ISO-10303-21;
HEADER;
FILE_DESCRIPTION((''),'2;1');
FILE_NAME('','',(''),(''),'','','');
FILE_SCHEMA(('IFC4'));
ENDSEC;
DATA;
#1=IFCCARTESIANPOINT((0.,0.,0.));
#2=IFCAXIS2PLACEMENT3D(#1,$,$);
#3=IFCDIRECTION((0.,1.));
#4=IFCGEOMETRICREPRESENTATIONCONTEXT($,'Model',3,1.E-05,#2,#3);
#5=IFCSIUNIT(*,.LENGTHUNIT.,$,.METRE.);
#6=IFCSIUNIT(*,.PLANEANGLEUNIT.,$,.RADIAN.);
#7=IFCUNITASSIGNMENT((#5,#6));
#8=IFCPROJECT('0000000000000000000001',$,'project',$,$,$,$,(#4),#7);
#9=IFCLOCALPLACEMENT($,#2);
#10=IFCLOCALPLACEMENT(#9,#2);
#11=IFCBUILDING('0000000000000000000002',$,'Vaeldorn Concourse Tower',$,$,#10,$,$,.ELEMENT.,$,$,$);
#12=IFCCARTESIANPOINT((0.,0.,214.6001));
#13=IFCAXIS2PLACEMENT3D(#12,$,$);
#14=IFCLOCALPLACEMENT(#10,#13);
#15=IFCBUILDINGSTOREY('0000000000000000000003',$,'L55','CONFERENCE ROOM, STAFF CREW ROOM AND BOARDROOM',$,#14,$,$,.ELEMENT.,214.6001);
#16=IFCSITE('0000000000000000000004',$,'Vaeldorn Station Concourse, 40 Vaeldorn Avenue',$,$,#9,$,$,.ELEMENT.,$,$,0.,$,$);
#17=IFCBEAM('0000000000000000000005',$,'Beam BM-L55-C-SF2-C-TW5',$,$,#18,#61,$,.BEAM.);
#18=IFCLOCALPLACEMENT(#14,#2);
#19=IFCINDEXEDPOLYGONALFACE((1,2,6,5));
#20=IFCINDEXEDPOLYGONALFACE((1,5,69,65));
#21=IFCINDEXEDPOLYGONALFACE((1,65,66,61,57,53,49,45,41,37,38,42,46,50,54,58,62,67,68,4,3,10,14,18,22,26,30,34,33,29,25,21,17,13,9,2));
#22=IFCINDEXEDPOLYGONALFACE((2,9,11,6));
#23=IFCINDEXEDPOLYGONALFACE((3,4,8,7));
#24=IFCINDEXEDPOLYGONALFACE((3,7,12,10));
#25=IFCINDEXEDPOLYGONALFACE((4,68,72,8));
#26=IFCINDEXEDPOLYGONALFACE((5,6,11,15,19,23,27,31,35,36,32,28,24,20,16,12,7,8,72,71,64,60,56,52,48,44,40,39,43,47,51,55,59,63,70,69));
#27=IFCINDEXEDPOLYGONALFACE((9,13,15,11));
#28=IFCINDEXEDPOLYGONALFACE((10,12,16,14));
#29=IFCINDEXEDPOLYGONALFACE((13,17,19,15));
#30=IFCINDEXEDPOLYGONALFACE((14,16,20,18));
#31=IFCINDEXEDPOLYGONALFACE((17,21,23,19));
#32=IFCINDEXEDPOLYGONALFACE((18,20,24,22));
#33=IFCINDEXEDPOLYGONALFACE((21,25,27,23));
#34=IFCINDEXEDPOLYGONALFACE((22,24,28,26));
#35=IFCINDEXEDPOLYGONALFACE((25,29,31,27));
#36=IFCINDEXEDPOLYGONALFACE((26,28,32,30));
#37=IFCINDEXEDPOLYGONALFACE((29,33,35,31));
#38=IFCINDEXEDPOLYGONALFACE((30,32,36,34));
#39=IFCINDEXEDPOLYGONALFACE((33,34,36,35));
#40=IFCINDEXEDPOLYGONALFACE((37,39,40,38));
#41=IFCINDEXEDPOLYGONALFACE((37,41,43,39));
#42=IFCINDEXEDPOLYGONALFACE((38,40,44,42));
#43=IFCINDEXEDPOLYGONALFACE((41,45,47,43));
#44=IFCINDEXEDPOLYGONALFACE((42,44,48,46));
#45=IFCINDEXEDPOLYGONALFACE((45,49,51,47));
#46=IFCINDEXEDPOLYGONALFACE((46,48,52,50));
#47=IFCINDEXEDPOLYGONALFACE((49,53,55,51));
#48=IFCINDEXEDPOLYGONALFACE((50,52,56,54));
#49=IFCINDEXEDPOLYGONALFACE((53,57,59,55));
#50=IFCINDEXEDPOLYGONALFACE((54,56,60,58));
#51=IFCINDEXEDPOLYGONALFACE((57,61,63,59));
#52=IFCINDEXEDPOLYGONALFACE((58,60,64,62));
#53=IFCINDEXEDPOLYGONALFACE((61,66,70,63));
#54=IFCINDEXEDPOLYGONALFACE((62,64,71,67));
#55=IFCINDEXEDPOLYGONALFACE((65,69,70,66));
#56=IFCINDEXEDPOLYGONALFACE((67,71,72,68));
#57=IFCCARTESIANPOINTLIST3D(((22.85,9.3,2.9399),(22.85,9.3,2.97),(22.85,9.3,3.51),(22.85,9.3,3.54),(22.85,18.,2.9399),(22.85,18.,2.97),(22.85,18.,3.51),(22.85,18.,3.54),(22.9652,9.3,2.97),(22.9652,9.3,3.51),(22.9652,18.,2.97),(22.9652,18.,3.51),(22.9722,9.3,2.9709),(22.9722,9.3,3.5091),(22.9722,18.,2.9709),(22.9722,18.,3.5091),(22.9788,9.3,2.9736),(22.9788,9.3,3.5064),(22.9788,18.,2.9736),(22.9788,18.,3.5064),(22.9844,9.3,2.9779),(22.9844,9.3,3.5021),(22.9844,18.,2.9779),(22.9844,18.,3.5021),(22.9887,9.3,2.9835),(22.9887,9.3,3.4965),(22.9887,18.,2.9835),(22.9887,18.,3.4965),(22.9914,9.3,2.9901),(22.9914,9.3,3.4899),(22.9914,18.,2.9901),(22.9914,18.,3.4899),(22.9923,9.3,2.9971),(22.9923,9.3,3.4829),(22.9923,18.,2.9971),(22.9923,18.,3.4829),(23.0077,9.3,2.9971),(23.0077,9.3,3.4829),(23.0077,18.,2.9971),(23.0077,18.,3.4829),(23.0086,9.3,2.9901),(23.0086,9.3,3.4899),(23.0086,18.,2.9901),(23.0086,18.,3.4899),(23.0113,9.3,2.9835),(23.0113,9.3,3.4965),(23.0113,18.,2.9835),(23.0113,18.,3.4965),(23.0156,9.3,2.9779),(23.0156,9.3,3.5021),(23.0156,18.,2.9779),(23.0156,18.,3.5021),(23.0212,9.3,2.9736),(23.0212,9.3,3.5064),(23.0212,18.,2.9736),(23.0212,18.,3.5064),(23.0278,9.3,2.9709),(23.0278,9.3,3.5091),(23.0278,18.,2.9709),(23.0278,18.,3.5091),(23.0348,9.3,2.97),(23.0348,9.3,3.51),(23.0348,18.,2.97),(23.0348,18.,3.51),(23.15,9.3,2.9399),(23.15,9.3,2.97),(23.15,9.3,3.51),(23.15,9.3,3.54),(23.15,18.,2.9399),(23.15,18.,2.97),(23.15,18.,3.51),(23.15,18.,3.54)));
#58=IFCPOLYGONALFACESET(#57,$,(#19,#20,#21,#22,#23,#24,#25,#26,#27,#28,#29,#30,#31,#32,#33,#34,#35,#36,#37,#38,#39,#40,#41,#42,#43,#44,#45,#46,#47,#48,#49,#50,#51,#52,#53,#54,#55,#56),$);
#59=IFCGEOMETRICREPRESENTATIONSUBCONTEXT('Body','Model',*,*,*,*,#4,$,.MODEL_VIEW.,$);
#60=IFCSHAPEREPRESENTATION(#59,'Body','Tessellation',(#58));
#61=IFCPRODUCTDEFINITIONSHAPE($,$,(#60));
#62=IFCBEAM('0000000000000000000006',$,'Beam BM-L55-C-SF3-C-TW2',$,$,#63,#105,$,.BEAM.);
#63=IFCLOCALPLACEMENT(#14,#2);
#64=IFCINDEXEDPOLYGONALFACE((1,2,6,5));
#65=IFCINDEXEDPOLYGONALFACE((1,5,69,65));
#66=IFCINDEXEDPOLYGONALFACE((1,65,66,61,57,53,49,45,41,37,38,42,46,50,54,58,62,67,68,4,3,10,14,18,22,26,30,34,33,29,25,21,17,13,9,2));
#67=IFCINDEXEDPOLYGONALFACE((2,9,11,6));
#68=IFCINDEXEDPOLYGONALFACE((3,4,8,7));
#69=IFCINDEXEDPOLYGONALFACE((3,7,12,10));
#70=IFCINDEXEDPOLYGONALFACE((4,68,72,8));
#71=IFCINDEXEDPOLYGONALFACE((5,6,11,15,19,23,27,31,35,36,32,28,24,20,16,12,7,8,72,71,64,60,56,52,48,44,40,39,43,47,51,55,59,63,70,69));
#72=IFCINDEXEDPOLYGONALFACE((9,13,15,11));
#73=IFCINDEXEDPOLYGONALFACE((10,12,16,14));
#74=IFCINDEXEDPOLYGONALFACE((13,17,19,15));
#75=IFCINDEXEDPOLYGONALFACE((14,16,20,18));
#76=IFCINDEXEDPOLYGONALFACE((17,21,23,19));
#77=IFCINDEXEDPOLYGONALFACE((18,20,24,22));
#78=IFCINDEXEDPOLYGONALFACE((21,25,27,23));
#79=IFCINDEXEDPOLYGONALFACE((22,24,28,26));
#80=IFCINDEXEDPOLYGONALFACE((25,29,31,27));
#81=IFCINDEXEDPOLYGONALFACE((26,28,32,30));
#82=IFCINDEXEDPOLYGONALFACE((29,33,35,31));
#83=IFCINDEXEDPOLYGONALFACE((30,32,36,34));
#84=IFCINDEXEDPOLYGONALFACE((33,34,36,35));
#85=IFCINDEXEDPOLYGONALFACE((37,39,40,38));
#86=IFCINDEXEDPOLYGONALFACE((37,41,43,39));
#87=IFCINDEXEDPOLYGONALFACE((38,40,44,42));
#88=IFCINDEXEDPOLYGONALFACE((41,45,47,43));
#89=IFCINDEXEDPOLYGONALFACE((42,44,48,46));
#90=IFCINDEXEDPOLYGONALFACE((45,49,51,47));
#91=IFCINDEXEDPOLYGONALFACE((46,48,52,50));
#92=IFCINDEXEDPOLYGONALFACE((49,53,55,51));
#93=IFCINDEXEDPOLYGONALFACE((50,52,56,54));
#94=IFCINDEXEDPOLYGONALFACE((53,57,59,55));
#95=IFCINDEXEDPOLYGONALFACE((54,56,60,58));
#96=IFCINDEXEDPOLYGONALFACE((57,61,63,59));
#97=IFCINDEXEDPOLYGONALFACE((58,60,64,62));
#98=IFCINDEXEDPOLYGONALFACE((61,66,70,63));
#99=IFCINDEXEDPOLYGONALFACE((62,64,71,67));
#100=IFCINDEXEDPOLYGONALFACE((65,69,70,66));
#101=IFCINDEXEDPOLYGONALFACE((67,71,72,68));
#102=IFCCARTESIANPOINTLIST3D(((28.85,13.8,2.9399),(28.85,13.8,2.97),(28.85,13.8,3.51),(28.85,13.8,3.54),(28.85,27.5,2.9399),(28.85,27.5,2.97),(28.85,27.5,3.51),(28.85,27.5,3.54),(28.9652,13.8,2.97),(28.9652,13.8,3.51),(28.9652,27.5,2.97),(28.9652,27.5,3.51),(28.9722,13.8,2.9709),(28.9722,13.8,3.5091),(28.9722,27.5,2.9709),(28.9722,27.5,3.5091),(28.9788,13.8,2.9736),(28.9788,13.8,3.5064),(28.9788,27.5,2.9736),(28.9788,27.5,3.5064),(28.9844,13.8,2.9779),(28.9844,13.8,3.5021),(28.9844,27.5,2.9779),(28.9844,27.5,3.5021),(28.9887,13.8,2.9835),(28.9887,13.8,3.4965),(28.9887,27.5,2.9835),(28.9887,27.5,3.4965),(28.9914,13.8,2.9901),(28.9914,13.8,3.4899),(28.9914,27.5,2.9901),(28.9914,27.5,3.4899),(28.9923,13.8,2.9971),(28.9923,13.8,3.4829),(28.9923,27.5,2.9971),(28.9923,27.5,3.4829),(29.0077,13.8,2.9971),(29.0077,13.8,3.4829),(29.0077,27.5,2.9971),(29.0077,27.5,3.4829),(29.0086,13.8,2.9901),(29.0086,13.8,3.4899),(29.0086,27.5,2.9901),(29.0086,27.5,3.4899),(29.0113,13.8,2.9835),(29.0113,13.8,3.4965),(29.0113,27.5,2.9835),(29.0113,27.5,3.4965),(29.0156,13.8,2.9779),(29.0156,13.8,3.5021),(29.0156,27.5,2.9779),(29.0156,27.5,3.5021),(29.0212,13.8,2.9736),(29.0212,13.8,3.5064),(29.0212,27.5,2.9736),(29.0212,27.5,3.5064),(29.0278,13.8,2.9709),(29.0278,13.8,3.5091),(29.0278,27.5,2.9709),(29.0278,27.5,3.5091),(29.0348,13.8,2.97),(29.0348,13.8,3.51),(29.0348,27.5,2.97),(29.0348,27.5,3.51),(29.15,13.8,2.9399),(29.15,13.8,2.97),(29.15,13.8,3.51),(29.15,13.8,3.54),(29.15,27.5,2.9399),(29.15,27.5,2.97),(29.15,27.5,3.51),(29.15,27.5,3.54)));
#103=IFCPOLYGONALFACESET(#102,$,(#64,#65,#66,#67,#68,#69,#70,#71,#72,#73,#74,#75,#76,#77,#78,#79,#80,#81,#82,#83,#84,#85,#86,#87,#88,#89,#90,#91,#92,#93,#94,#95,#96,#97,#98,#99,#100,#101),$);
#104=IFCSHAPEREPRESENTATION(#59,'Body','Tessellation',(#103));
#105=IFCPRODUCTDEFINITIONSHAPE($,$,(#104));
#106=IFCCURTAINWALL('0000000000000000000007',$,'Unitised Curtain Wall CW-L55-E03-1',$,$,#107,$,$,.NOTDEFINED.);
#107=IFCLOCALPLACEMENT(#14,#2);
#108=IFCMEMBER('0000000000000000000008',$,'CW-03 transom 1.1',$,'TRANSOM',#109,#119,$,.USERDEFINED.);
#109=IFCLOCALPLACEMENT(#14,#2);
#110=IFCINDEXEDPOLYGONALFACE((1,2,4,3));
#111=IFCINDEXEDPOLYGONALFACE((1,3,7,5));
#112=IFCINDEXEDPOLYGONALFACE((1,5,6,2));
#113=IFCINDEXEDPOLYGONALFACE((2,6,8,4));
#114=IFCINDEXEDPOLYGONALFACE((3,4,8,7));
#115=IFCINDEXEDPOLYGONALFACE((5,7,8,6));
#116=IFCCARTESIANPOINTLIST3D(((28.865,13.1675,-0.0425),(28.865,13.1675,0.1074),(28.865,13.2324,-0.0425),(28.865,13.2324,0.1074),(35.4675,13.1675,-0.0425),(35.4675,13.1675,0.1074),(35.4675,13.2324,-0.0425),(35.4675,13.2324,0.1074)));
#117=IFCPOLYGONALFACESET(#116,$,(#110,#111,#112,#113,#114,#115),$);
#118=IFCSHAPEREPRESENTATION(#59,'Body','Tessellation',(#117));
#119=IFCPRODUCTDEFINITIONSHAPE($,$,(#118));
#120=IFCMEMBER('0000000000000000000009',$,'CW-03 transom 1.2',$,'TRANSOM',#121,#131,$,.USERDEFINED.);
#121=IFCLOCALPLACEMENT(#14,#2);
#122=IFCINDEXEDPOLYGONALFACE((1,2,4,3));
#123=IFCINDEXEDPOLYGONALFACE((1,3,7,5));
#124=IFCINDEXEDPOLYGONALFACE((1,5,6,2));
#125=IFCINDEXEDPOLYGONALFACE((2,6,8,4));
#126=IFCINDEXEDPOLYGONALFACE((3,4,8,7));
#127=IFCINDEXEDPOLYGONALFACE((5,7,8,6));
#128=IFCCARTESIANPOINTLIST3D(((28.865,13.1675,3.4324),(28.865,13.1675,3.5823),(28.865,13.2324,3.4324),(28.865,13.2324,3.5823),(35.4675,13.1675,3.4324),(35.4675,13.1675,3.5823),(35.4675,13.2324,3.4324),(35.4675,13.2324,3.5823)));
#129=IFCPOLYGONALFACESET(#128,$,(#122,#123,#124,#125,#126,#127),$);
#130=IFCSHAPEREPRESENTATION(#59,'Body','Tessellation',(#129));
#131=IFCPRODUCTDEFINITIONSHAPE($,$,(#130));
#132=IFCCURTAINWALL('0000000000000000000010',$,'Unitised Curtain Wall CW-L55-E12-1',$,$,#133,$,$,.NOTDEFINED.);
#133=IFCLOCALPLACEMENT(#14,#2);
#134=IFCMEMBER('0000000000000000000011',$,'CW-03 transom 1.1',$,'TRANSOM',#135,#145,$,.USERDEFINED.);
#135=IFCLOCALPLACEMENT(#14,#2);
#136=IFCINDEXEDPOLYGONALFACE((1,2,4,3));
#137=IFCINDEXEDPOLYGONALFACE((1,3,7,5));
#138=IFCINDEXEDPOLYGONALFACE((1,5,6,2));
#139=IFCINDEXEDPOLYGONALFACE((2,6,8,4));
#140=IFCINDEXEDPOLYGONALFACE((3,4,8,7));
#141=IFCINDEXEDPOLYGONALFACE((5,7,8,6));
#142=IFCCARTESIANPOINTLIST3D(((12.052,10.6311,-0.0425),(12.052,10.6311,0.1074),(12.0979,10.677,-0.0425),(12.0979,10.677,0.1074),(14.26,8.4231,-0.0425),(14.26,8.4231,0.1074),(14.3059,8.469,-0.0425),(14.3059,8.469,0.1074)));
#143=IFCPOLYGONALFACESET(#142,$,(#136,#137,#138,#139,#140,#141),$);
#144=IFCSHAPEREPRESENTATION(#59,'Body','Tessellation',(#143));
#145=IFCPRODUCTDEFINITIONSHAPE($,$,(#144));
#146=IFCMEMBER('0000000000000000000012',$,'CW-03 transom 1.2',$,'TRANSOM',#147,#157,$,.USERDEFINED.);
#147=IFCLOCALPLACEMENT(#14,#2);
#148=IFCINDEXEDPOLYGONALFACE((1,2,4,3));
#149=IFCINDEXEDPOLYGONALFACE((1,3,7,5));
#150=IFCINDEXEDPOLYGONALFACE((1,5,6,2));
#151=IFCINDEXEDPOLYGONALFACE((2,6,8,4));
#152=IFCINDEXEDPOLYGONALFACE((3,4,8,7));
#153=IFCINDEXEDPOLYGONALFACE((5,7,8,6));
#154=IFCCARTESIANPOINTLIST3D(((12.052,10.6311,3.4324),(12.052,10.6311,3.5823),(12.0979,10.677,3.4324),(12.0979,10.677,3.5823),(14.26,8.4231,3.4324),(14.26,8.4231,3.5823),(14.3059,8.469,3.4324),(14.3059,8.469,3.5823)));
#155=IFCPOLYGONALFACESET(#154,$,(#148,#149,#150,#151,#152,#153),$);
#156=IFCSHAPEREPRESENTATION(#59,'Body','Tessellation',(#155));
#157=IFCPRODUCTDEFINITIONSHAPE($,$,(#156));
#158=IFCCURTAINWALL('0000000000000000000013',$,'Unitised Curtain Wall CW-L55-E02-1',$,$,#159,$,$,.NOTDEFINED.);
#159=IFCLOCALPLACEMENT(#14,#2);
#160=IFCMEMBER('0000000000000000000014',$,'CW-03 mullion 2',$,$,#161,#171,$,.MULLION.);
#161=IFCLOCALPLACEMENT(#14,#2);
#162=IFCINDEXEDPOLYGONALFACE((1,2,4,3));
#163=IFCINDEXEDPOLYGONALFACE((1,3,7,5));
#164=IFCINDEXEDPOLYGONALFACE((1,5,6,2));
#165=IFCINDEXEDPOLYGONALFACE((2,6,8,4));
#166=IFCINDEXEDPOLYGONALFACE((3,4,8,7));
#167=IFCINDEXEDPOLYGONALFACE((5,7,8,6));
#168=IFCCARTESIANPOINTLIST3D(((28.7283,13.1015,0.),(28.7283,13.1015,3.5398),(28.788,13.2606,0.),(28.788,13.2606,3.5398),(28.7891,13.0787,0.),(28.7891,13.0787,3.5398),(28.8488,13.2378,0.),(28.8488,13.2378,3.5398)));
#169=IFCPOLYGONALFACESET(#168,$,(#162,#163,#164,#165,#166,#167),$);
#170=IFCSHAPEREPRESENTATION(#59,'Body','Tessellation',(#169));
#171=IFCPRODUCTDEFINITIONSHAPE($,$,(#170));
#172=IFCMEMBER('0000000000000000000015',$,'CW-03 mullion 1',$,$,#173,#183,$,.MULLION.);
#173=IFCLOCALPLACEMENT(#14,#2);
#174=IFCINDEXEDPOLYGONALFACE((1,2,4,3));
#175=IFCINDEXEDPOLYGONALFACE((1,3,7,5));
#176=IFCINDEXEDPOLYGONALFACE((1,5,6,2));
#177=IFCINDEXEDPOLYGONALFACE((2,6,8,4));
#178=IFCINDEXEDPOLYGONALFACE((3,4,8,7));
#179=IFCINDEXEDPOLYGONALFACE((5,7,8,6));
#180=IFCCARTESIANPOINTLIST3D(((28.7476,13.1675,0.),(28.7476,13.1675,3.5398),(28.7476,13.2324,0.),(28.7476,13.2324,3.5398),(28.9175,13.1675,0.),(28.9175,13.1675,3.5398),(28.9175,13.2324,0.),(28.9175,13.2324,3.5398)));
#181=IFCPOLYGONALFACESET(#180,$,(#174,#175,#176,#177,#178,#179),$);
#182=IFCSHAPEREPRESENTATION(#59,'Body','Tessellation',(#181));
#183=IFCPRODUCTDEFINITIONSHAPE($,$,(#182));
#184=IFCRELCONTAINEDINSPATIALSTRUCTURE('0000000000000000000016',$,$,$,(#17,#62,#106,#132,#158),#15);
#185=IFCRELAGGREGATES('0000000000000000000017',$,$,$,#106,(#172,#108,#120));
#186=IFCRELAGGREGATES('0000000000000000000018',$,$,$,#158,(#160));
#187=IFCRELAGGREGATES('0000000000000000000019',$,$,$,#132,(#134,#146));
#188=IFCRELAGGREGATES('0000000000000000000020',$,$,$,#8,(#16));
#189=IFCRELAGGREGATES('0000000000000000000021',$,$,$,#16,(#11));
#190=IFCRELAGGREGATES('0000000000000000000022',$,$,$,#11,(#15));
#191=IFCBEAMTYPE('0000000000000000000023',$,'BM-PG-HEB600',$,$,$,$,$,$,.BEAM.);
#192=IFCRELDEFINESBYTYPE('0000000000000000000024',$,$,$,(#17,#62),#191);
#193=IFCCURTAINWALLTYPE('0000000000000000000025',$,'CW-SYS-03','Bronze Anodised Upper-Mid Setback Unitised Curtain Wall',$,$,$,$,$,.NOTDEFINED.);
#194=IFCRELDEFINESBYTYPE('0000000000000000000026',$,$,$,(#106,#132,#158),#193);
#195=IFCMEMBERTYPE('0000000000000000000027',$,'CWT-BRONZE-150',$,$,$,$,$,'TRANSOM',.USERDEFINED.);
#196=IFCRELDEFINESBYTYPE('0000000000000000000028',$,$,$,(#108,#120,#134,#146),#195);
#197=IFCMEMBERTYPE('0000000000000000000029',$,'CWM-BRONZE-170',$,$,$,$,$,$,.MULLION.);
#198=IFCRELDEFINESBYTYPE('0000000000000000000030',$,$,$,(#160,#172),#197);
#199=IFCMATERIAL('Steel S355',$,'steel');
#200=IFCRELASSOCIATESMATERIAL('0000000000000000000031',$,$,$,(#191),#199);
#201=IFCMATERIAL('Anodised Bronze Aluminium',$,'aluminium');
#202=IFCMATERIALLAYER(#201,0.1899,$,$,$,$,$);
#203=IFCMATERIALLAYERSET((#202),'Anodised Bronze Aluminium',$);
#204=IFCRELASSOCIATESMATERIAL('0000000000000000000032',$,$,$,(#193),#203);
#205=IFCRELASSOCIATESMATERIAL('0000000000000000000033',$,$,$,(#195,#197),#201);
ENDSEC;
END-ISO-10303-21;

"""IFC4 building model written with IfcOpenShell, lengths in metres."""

from ifc_helpers import new_model, si_unit, direction, frame, origin, origin_2d, place, context, subcontext, project, spatial, rectangle, i_section, extrude, source, transform, mapped, material, layer, layer_set, material_profile, profile_set, type_object, element, aggregate, save


model = new_model("IFC4")

# Units and contexts
model_context = context("Model", 3, precision=1e-05, world=origin(), true_north=direction((0.0, 1.0)))
body_context = subcontext(model_context, "Body", "Model", "MODEL_VIEW")
ifc_project = project(units=[si_unit("LENGTHUNIT", "METRE"), si_unit("PLANEANGLEUNIT", "RADIAN")], contexts=[model_context])

# Site, building, storey
site_placement = place(None, origin())
site = spatial("IfcSite", under=ifc_project, at=site_placement, Name="Vaeldorn Station Concourse, 40 Vaeldorn Avenue", CompositionType="ELEMENT", RefElevation=0.0)
building_placement = place(site_placement, origin())
building = spatial("IfcBuilding", under=site, at=building_placement, Name="Vaeldorn Concourse Tower", CompositionType="ELEMENT")
storey_placement = place(building_placement, frame((0.0, 0.0, 214.6001)))
storey = spatial("IfcBuildingStorey", under=building, at=storey_placement, Name="L55", Description="CONFERENCE ROOM, STAFF CREW ROOM AND BOARDROOM", CompositionType="ELEMENT", Elevation=214.6001)

# Shared definitions
ifc_material_1 = material(Name="Steel S355", Category="steel")

# Beams
ifc_material_profile_1 = material_profile(ifc_material_1, i_section(OverallWidth=0.3, OverallDepth=0.6001, WebThickness=0.0154, FlangeThickness=0.03, FilletRadius=0.0271, at=origin_2d()), Name="HEB 600")
ifc_profile_set_1 = profile_set([ifc_material_profile_1], Name="Steel S355")
beam_type_1 = type_object("IfcBeamType", Name="BM-PG-HEB600", PredefinedType="BEAM", material=ifc_profile_set_1)
shared_shape_1 = source(origin(), body_context, "Body", "SweptSolid", [
    extrude(i_section(OverallWidth=0.3, OverallDepth=0.6001, WebThickness=0.0154, FlangeThickness=0.03, FilletRadius=0.0271, at=origin_2d()), origin(), (0.0, 0.0, 1.0), 8.7),
])
beam_1_placement = place(storey_placement, frame((23.0, 9.3, 3.24), z_axis=(0.0, 1.0, 0.0), x_axis=(-1.0, 0.0, 0.0)))
element("IfcBeam", 1, at=beam_1_placement, inside=storey, type_object=beam_type_1, Name="Beam BM-L55-C-SF2-C-TW5", PredefinedType="BEAM", context=body_context, shape_type="MappedRepresentation", body=[
    mapped(shared_shape_1, transform((0.0, 0.0, 0.0), scale=1.0)),
])
shared_shape_2 = source(origin(), body_context, "Body", "SweptSolid", [
    extrude(i_section(OverallWidth=0.3, OverallDepth=0.6001, WebThickness=0.0154, FlangeThickness=0.03, FilletRadius=0.0271, at=origin_2d()), origin(), (0.0, 0.0, 1.0), 13.7),
])
beam_2_placement = place(storey_placement, frame((29.0, 13.8, 3.24), z_axis=(0.0, 1.0, 0.0), x_axis=(-1.0, 0.0, 0.0)))
element("IfcBeam", 2, at=beam_2_placement, inside=storey, type_object=beam_type_1, Name="Beam BM-L55-C-SF3-C-TW2", PredefinedType="BEAM", context=body_context, shape_type="MappedRepresentation", body=[
    mapped(shared_shape_2, transform((0.0, 0.0, 0.0), scale=1.0)),
])

# Curtain walls, members
ifc_material_2 = material(Name="Anodised Bronze Aluminium", Category="aluminium")
ifc_layer_1 = layer(ifc_material_2, 0.1899)
ifc_layer_set_1 = layer_set([ifc_layer_1], Name="Anodised Bronze Aluminium")
curtain_wall_type = type_object("IfcCurtainWallType", Name="CW-SYS-03", Description="Bronze Anodised Upper-Mid Setback Unitised Curtain Wall", PredefinedType="NOTDEFINED", material=ifc_layer_set_1)
curtain_wall_1_placement = place(storey_placement, origin())
curtain_wall_1 = element("IfcCurtainWall", 3, at=curtain_wall_1_placement, inside=storey, type_object=curtain_wall_type, Name="Unitised Curtain Wall CW-L55-E03-1", PredefinedType="NOTDEFINED")
ifc_material_profile_2 = material_profile(ifc_material_2, rectangle(XDim=0.0649, YDim=0.1499, at=origin_2d()), Name="CWT 65x150")
ifc_profile_set_2 = profile_set([ifc_material_profile_2], Name="Anodised Bronze Aluminium")
member_type_1 = type_object("IfcMemberType", Name="CWT-BRONZE-150", ElementType="TRANSOM", PredefinedType="USERDEFINED", material=ifc_profile_set_2)
shared_shape_3 = source(origin(), body_context, "Body", "SweptSolid", [
    extrude(rectangle(XDim=0.0649, YDim=0.1499, at=origin_2d()), origin(), (0.0, 0.0, 1.0), 6.6025),
])
member_1_placement = place(storey_placement, frame((28.865, 13.2, 0.0325), z_axis=(1.0, 0.0, 0.0), x_axis=(0.0, 1.0, 0.0)))
member_1 = element("IfcMember", 4, at=member_1_placement, type_object=member_type_1, Name="CW-03 transom 1.1", ObjectType="TRANSOM", PredefinedType="USERDEFINED", context=body_context, shape_type="MappedRepresentation", body=[
    mapped(shared_shape_3, transform((0.0, 0.0, 0.0), scale=1.0)),
])
member_2_placement = place(storey_placement, frame((28.865, 13.2, 3.5073), z_axis=(1.0, 0.0, 0.0), x_axis=(0.0, 1.0, 0.0)))
member_2 = element("IfcMember", 5, at=member_2_placement, type_object=member_type_1, Name="CW-03 transom 1.2", ObjectType="TRANSOM", PredefinedType="USERDEFINED", context=body_context, shape_type="MappedRepresentation", body=[
    mapped(shared_shape_3, transform((0.0, 0.0, 0.0), scale=1.0)),
])
curtain_wall_2_placement = place(storey_placement, origin())
curtain_wall_2 = element("IfcCurtainWall", 6, at=curtain_wall_2_placement, inside=storey, type_object=curtain_wall_type, Name="Unitised Curtain Wall CW-L55-E12-1", PredefinedType="NOTDEFINED")
shared_shape_4 = source(origin(), body_context, "Body", "SweptSolid", [
    extrude(rectangle(XDim=0.0649, YDim=0.1499, at=origin_2d()), origin(), (0.0, 0.0, 1.0), 3.1226),
])
member_3_placement = place(storey_placement, frame((12.075, 10.6541, 0.0325), z_axis=(0.707107, -0.707107, 0.0), x_axis=(0.707107, 0.707107, 0.0)))
member_3 = element("IfcMember", 7, at=member_3_placement, type_object=member_type_1, Name="CW-03 transom 1.1", ObjectType="TRANSOM", PredefinedType="USERDEFINED", context=body_context, shape_type="MappedRepresentation", body=[
    mapped(shared_shape_4, transform((0.0, 0.0, 0.0), scale=1.0)),
])
member_4_placement = place(storey_placement, frame((12.075, 10.6541, 3.5073), z_axis=(0.707107, -0.707107, 0.0), x_axis=(0.707107, 0.707107, 0.0)))
member_4 = element("IfcMember", 8, at=member_4_placement, type_object=member_type_1, Name="CW-03 transom 1.2", ObjectType="TRANSOM", PredefinedType="USERDEFINED", context=body_context, shape_type="MappedRepresentation", body=[
    mapped(shared_shape_4, transform((0.0, 0.0, 0.0), scale=1.0)),
])

# Curtain wall, member
curtain_wall_3_placement = place(storey_placement, origin())
curtain_wall_3 = element("IfcCurtainWall", 9, at=curtain_wall_3_placement, inside=storey, type_object=curtain_wall_type, Name="Unitised Curtain Wall CW-L55-E02-1", PredefinedType="NOTDEFINED")
ifc_material_profile_3 = material_profile(ifc_material_2, rectangle(XDim=0.0649, YDim=0.1699, at=origin_2d()), Name="CWM 65x170")
ifc_profile_set_3 = profile_set([ifc_material_profile_3], Name="Anodised Bronze Aluminium")
member_type_2 = type_object("IfcMemberType", Name="CWM-BRONZE-170", PredefinedType="MULLION", material=ifc_profile_set_3)
shared_shape_5 = source(origin(), body_context, "Body", "SweptSolid", [
    extrude(rectangle(XDim=0.0649, YDim=0.1699, at=origin_2d()), origin(), (0.0, 0.0, 1.0), 3.5398),
])
member_5_placement = place(storey_placement, frame((28.7886, 13.1697, 0.0), z_axis=(0.0, 0.0, 1.0), x_axis=(-0.936329, 0.351123, 0.0)))
member_5 = element("IfcMember", 10, at=member_5_placement, type_object=member_type_2, Name="CW-03 mullion 2", PredefinedType="MULLION", context=body_context, shape_type="MappedRepresentation", body=[
    mapped(shared_shape_5, transform((0.0, 0.0, 0.0), scale=1.0)),
])

# Member
member_6_placement = place(storey_placement, frame((28.8325, 13.2, 0.0), z_axis=(0.0, 0.0, 1.0), x_axis=(0.0, 1.0, 0.0)))
member_6 = element("IfcMember", 11, at=member_6_placement, type_object=member_type_2, Name="CW-03 mullion 1", PredefinedType="MULLION", context=body_context, shape_type="MappedRepresentation", body=[
    mapped(shared_shape_5, transform((0.0, 0.0, 0.0), scale=1.0)),
])
aggregate(curtain_wall_1, [member_6, member_1, member_2])

aggregate(curtain_wall_3, [member_5])
aggregate(curtain_wall_2, [member_3, member_4])

save(model, "model.ifc")
